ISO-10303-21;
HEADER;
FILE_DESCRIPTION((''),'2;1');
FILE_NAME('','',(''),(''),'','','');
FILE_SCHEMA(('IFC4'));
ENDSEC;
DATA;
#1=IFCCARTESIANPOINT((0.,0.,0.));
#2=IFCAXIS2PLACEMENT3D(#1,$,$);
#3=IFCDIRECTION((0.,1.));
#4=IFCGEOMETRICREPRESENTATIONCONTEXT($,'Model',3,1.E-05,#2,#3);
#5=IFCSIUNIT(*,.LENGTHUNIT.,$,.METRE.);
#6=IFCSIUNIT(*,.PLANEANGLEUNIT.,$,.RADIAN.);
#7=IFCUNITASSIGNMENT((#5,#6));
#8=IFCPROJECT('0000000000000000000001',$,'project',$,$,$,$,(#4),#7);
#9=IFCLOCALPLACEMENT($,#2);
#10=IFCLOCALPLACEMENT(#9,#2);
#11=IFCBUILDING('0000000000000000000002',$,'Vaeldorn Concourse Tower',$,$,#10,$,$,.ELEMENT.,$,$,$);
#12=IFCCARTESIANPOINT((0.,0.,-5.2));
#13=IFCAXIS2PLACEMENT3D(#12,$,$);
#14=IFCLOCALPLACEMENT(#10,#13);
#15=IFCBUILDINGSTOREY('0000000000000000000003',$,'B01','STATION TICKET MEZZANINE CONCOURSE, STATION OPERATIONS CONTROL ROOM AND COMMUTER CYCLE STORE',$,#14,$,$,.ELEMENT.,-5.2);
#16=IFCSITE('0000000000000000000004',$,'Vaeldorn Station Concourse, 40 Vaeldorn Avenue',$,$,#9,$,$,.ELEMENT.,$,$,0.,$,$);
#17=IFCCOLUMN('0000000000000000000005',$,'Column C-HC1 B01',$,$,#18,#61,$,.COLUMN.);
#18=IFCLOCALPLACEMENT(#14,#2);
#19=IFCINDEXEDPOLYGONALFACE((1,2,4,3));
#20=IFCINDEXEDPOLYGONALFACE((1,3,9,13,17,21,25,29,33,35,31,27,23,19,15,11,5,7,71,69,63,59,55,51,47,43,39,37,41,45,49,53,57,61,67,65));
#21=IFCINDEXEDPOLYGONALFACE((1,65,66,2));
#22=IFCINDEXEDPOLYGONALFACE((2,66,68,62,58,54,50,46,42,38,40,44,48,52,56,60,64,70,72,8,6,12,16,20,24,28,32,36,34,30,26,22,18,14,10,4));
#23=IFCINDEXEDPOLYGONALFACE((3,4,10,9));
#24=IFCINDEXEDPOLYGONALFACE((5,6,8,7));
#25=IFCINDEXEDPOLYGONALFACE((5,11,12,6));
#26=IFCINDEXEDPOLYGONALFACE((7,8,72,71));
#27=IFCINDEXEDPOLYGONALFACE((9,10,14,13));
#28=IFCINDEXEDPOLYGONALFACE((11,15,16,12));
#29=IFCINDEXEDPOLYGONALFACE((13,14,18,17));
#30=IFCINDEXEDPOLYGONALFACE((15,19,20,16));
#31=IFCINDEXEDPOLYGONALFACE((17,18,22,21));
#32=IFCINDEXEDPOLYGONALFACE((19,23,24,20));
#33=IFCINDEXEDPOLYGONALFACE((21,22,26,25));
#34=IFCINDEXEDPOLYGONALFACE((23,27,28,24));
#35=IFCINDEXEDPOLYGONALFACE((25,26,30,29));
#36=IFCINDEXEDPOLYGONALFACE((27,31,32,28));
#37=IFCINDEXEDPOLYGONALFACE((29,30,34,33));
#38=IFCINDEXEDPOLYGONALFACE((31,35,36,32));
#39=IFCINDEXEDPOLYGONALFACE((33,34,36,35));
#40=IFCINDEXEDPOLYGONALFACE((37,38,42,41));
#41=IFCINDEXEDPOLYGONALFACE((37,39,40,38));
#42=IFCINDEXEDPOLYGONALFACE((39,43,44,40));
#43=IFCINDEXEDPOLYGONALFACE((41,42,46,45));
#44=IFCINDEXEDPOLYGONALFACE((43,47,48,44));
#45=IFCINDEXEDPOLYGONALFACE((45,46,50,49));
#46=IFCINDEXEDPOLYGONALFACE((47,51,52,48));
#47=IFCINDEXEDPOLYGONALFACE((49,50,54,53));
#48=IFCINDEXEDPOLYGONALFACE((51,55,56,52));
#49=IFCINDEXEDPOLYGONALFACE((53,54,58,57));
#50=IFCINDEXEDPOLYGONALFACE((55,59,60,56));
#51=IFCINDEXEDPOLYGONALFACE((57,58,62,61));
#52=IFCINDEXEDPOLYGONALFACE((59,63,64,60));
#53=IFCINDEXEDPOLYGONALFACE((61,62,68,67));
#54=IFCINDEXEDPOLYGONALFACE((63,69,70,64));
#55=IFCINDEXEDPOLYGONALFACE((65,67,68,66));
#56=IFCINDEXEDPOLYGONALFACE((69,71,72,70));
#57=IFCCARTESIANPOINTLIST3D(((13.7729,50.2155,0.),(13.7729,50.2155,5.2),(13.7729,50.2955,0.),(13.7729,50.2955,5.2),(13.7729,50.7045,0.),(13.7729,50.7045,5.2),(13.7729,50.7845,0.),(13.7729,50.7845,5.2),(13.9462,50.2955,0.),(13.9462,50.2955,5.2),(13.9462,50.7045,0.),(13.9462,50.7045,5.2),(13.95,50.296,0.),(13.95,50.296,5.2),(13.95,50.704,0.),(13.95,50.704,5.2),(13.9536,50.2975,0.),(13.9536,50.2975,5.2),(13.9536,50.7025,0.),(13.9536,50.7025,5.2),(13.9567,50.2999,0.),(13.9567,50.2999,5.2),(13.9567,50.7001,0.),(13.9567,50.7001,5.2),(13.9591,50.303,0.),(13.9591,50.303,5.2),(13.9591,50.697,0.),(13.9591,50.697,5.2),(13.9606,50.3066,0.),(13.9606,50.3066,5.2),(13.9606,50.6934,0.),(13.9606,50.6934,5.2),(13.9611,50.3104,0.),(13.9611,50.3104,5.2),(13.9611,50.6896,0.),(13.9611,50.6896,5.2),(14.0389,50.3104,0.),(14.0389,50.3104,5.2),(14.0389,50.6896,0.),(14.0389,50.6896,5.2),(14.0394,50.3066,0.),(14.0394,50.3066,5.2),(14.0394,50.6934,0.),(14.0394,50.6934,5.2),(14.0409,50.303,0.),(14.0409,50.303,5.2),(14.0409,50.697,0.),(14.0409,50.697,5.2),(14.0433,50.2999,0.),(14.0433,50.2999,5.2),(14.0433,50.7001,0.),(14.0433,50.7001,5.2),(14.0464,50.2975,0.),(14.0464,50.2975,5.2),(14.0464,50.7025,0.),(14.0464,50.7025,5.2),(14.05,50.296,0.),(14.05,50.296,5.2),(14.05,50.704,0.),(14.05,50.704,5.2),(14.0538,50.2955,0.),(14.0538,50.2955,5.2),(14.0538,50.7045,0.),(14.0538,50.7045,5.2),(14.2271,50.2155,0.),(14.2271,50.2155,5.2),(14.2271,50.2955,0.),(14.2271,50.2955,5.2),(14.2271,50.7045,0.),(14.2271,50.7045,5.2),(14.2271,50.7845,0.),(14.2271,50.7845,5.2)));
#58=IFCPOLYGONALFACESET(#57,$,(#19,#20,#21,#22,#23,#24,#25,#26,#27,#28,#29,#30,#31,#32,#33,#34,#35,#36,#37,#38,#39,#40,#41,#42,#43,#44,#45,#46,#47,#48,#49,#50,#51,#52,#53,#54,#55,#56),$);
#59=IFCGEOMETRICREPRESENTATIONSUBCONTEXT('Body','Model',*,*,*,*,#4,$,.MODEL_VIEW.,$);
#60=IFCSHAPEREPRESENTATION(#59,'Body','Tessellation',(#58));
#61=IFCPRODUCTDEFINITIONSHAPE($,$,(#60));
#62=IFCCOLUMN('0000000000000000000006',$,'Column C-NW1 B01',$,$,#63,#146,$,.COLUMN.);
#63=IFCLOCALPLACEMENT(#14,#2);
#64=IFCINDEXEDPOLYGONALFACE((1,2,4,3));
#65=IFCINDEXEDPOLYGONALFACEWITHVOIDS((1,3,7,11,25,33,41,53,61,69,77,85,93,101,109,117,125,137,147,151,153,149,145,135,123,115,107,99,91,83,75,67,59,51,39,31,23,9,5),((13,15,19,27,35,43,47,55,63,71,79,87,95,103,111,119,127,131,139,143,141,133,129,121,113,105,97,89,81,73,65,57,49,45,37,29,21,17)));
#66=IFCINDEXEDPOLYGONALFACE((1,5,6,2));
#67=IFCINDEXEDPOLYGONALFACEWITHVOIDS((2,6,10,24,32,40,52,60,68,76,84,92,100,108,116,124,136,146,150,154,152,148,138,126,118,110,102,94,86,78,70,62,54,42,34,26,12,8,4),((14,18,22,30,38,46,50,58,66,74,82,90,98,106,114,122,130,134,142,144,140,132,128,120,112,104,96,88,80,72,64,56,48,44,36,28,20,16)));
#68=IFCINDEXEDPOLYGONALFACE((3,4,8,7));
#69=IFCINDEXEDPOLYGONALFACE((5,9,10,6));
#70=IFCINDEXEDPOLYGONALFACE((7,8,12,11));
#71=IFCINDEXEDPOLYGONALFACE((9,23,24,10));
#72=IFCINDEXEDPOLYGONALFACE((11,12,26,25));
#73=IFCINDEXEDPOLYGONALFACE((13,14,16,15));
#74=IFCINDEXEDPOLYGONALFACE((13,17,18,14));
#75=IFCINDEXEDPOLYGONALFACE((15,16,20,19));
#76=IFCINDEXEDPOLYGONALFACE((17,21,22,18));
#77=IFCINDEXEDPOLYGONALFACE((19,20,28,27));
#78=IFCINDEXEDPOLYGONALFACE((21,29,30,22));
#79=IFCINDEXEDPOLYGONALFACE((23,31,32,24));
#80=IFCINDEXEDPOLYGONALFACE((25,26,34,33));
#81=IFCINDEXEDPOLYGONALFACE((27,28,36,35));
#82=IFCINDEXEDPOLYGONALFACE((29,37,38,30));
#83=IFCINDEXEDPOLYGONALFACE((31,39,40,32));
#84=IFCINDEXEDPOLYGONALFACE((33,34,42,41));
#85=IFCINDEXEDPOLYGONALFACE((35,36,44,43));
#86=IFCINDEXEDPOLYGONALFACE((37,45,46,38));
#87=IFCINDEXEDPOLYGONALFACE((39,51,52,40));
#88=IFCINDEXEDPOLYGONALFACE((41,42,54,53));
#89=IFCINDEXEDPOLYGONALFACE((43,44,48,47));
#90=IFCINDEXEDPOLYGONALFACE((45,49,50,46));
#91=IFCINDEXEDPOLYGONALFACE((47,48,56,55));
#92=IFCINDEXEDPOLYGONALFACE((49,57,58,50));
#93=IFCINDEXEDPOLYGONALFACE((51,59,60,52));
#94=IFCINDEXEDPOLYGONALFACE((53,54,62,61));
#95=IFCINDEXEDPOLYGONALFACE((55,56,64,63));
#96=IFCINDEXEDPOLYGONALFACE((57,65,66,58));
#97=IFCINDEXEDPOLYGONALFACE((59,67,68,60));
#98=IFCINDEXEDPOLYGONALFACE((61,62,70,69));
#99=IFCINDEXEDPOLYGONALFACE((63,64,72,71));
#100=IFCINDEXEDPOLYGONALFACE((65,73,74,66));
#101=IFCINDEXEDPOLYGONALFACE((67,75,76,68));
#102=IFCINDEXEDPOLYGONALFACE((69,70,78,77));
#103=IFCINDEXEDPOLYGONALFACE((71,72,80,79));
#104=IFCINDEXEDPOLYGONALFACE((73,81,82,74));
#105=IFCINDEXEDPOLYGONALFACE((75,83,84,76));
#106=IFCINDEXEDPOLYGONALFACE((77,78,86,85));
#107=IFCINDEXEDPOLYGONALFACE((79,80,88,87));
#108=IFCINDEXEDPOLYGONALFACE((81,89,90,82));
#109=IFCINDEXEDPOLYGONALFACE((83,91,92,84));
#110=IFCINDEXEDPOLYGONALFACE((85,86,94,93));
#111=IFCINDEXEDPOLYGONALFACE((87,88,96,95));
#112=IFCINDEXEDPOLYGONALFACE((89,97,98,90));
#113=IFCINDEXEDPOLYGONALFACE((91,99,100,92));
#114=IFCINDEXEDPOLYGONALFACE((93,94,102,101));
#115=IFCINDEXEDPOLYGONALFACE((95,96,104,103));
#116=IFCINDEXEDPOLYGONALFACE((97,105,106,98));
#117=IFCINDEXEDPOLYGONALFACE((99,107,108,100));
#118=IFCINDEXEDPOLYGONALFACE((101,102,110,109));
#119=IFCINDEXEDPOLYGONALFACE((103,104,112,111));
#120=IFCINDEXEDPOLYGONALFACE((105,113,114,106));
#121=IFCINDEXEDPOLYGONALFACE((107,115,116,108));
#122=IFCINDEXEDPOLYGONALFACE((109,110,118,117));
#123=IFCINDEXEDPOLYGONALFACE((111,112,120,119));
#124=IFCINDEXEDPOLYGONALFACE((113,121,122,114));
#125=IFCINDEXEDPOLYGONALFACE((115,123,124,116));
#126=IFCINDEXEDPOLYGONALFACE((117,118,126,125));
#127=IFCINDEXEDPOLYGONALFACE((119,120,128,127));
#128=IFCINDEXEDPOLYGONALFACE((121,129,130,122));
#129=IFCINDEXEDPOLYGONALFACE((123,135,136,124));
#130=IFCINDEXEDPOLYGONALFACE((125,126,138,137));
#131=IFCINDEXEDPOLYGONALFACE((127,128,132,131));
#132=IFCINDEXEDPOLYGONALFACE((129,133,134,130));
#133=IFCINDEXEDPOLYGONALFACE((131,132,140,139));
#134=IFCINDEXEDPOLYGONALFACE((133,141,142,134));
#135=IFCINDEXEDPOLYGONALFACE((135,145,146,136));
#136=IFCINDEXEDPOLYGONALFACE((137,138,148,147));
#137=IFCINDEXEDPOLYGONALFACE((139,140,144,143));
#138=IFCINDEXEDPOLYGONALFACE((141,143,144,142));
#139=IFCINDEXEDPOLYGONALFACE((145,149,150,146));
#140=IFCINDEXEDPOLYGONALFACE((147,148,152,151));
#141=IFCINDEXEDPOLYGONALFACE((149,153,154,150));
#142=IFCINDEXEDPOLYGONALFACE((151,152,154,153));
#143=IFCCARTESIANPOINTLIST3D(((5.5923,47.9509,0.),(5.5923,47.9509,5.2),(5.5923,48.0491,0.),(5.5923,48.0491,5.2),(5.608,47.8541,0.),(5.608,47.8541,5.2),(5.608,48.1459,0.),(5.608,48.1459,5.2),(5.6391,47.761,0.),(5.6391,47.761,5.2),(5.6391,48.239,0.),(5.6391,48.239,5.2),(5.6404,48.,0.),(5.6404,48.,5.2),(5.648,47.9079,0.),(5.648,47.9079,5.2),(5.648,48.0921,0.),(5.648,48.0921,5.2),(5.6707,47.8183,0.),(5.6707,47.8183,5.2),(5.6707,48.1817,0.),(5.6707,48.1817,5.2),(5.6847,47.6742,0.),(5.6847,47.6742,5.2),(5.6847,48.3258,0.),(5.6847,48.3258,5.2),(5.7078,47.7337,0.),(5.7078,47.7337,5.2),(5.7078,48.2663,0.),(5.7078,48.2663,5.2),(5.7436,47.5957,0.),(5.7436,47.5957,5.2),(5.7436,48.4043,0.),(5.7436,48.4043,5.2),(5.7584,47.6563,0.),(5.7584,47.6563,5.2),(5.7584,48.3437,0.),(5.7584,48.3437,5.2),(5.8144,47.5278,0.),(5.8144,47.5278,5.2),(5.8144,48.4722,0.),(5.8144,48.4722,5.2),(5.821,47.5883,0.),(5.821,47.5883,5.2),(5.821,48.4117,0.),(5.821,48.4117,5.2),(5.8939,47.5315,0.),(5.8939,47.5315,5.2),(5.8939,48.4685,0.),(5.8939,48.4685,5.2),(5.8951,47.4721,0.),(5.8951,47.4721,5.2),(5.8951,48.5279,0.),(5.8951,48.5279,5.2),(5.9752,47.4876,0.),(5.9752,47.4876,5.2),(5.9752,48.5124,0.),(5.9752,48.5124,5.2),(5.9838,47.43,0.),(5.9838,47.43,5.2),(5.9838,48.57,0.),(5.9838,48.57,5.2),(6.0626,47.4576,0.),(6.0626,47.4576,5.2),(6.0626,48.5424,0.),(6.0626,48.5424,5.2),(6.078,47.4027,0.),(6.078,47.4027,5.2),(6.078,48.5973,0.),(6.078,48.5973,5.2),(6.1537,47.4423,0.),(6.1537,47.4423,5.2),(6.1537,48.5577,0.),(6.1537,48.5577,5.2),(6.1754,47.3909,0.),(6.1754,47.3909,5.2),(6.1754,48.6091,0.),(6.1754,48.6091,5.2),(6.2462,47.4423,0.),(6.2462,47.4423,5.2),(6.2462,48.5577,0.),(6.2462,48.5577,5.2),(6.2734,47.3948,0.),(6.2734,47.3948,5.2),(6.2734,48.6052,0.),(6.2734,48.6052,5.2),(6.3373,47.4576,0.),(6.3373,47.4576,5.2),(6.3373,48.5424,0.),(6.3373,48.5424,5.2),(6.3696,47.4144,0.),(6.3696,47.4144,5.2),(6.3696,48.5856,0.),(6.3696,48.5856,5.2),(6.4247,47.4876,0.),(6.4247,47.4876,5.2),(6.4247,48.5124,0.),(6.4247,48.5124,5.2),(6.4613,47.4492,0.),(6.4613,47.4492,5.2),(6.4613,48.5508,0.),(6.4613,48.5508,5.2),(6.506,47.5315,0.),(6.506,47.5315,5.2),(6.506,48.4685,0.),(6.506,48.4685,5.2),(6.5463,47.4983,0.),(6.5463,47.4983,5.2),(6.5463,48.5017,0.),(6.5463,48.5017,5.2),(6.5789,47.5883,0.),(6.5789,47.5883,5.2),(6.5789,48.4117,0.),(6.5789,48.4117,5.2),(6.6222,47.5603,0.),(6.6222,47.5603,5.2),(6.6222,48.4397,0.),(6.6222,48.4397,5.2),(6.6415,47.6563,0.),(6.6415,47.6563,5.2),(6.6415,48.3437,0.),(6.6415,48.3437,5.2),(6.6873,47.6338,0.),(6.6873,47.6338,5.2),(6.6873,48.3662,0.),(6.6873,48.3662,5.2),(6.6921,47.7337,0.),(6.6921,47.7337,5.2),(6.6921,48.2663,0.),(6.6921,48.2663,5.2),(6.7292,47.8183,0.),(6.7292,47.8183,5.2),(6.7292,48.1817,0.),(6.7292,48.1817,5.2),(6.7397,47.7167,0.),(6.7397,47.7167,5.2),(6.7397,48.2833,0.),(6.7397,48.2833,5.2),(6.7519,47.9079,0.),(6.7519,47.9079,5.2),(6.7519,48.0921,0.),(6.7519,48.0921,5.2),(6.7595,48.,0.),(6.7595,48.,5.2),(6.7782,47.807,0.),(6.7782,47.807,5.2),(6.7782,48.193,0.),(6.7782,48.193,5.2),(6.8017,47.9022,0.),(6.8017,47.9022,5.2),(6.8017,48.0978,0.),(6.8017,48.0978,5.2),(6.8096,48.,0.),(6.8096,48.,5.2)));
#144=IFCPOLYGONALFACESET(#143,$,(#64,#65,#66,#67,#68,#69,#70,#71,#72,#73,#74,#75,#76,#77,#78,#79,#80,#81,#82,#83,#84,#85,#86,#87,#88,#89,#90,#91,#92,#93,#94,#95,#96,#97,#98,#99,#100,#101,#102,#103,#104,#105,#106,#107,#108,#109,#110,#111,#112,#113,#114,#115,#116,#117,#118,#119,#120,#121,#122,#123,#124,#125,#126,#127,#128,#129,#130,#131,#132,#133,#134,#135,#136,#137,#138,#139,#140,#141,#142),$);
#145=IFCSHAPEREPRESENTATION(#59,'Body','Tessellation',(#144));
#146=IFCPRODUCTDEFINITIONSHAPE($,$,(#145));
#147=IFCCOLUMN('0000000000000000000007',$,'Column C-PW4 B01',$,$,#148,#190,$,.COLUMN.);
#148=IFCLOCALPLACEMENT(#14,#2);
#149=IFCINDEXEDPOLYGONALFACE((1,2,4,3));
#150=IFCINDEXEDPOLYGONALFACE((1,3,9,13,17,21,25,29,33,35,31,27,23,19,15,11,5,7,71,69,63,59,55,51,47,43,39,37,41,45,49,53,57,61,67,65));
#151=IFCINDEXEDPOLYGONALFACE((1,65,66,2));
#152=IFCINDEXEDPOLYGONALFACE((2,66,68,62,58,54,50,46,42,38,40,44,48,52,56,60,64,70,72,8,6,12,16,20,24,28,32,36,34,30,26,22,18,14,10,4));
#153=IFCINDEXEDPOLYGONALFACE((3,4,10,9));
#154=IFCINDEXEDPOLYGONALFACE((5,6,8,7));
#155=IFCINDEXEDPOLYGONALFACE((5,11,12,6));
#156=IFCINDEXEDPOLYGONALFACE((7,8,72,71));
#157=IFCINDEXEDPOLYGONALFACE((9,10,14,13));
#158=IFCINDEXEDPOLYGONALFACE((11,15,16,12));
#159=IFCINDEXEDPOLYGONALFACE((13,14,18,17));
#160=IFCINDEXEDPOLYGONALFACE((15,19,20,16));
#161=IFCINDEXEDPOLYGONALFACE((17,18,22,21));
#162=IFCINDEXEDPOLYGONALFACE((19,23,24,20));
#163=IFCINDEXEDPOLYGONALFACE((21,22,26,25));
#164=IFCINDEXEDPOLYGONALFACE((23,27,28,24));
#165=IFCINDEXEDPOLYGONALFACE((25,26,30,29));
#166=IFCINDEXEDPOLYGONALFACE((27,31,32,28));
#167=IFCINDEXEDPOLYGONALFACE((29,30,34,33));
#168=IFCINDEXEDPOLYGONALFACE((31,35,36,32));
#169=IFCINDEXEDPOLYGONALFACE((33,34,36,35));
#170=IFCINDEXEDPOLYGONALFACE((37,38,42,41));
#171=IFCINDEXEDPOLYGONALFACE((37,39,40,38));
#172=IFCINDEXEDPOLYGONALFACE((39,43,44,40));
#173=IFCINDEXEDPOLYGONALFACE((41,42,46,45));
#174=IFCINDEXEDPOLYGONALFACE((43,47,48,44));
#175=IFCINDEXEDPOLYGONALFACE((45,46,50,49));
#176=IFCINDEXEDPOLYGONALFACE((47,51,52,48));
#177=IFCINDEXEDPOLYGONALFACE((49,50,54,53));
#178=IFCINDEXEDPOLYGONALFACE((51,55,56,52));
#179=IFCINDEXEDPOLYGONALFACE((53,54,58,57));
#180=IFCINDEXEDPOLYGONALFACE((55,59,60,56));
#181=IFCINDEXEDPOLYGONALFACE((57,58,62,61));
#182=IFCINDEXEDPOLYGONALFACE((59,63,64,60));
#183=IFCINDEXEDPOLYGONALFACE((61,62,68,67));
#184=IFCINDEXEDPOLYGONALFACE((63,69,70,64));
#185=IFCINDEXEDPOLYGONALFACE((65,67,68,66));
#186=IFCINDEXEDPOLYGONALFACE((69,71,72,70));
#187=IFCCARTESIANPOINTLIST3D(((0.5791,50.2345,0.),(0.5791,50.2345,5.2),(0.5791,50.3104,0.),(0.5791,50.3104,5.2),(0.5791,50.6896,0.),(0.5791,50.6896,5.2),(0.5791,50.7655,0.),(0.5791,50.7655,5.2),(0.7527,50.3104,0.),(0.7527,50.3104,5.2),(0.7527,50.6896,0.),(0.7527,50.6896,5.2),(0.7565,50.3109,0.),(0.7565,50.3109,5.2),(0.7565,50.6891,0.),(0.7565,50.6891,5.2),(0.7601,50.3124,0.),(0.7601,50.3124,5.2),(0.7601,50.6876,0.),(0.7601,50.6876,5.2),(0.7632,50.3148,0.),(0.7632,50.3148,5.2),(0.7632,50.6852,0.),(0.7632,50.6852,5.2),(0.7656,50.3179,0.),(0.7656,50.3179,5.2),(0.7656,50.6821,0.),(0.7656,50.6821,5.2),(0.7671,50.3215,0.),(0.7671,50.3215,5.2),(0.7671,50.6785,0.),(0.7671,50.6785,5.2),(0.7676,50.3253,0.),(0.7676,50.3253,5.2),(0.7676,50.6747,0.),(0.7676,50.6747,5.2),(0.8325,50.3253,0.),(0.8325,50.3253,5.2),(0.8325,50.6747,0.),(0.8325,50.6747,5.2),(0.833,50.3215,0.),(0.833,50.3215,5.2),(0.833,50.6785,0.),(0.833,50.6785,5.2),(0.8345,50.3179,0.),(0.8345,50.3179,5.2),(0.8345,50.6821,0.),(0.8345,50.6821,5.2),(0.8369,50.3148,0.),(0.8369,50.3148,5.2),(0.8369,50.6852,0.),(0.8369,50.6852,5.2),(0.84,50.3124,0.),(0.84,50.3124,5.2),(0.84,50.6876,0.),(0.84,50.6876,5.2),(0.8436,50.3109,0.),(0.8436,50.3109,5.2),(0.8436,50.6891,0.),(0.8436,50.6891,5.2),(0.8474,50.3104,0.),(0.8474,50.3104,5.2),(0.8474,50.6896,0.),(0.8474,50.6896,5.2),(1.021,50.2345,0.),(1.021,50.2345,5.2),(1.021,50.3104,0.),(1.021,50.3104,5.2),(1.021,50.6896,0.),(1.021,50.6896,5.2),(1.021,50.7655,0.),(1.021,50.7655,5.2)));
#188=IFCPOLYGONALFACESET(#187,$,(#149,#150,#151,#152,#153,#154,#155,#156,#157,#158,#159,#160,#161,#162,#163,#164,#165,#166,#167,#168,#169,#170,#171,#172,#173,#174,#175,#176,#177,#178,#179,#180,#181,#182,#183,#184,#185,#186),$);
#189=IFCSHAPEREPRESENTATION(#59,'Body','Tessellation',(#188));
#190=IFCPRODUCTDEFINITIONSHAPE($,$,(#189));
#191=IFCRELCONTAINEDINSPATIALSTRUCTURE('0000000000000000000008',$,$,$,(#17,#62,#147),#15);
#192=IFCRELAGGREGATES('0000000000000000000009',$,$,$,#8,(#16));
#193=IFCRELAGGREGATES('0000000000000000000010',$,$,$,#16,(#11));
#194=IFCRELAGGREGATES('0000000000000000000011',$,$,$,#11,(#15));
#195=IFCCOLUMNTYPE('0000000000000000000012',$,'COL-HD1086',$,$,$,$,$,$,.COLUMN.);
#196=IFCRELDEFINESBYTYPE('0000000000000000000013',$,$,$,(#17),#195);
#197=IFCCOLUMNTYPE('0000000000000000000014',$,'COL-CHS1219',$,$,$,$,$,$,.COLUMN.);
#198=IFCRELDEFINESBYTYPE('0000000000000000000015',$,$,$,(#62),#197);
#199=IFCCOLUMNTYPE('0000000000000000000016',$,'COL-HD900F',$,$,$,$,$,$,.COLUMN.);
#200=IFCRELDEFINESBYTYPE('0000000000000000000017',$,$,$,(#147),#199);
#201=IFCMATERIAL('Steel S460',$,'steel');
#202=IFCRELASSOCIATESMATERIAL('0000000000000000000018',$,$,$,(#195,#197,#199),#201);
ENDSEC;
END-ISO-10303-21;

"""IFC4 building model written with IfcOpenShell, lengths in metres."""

from ifc_helpers import new_model, si_unit, direction, frame, origin, origin_2d, place, context, subcontext, project, spatial, hollow_circle, i_section, extrude, source, transform, mapped, material, material_profile, profile_set, type_object, element, save


model = new_model("IFC4")

# Units and contexts
model_context = context("Model", 3, precision=1e-05, world=origin(), true_north=direction((0.0, 1.0)))
body_context = subcontext(model_context, "Body", "Model", "MODEL_VIEW")
ifc_project = project(units=[si_unit("LENGTHUNIT", "METRE"), si_unit("PLANEANGLEUNIT", "RADIAN")], contexts=[model_context])

# Site, building, storey
site_placement = place(None, origin())
site = spatial("IfcSite", under=ifc_project, at=site_placement, Name="Vaeldorn Station Concourse, 40 Vaeldorn Avenue", CompositionType="ELEMENT", RefElevation=0.0)
building_placement = place(site_placement, origin())
building = spatial("IfcBuilding", under=site, at=building_placement, Name="Vaeldorn Concourse Tower", CompositionType="ELEMENT")
storey_placement = place(building_placement, frame((0.0, 0.0, -5.2)))
storey = spatial("IfcBuildingStorey", under=building, at=storey_placement, Name="B01", Description="STATION TICKET MEZZANINE CONCOURSE, STATION OPERATIONS CONTROL ROOM AND COMMUTER CYCLE STORE", CompositionType="ELEMENT", Elevation=-5.2)

# Columns
ifc_material_1 = material(Name="Steel S460", Category="steel")
ifc_material_profile_1 = material_profile(ifc_material_1, i_section(OverallWidth=0.4541, OverallDepth=0.5691, WebThickness=0.0779, FlangeThickness=0.0801, FilletRadius=0.0149, at=origin_2d()), Name="HD 400x1086")
ifc_profile_set_1 = profile_set([ifc_material_profile_1], Name="Steel S460")
column_type_1 = type_object("IfcColumnType", Name="COL-HD1086", PredefinedType="COLUMN", material=ifc_profile_set_1)
shared_shape_1 = source(origin(), body_context, "Body", "SweptSolid", [
    extrude(i_section(OverallWidth=0.4541, OverallDepth=0.5691, WebThickness=0.0779, FlangeThickness=0.0801, FilletRadius=0.0149, at=origin_2d()), origin(), (0.0, 0.0, 1.0), 5.2),
])
column_1_placement = place(storey_placement, frame((14.0, 50.5, 0.0), z_axis=(0.0, 0.0, 1.0), x_axis=(1.0, 0.0, 0.0)))
element("IfcColumn", 1, at=column_1_placement, inside=storey, type_object=column_type_1, Name="Column C-HC1 B01", PredefinedType="COLUMN", context=body_context, shape_type="MappedRepresentation", body=[
    mapped(shared_shape_1, transform((0.0, 0.0, 0.0), scale=1.0)),
])
ifc_material_profile_2 = material_profile(ifc_material_1, hollow_circle(Radius=0.6096, WallThickness=0.05, at=origin_2d()), Name="CHS 1219x50")
ifc_profile_set_2 = profile_set([ifc_material_profile_2], Name="Steel S460")
column_type_2 = type_object("IfcColumnType", Name="COL-CHS1219", PredefinedType="COLUMN", material=ifc_profile_set_2)
shared_shape_2 = source(origin(), body_context, "Body", "SweptSolid", [
    extrude(hollow_circle(Radius=0.6096, WallThickness=0.05, at=origin_2d()), origin(), (0.0, 0.0, 1.0), 5.2),
])
column_2_placement = place(storey_placement, frame((6.2, 48.0, 0.0), z_axis=(0.0, 0.0, 1.0), x_axis=(1.0, 0.0, 0.0)))
element("IfcColumn", 2, at=column_2_placement, inside=storey, type_object=column_type_2, Name="Column C-NW1 B01", PredefinedType="COLUMN", context=body_context, shape_type="MappedRepresentation", body=[
    mapped(shared_shape_2, transform((0.0, 0.0, 0.0), scale=1.0)),
])
ifc_material_profile_3 = material_profile(ifc_material_1, i_section(OverallWidth=0.4419, OverallDepth=0.531, WebThickness=0.0649, FlangeThickness=0.0759, FilletRadius=0.0149, at=origin_2d()), Name="HD 400x900")
ifc_profile_set_3 = profile_set([ifc_material_profile_3], Name="Steel S460")
column_type_3 = type_object("IfcColumnType", Name="COL-HD900F", PredefinedType="COLUMN", material=ifc_profile_set_3)
shared_shape_3 = source(origin(), body_context, "Body", "SweptSolid", [
    extrude(i_section(OverallWidth=0.4419, OverallDepth=0.531, WebThickness=0.0649, FlangeThickness=0.0759, FilletRadius=0.0149, at=origin_2d()), origin(), (0.0, 0.0, 1.0), 5.2),
])
column_3_placement = place(storey_placement, frame((0.8, 50.5, 0.0), z_axis=(0.0, 0.0, 1.0), x_axis=(1.0, 0.0, 0.0)))
element("IfcColumn", 3, at=column_3_placement, inside=storey, type_object=column_type_3, Name="Column C-PW4 B01", PredefinedType="COLUMN", context=body_context, shape_type="MappedRepresentation", body=[
    mapped(shared_shape_3, transform((0.0, 0.0, 0.0), scale=1.0)),
])

save(model, "model.ifc")
